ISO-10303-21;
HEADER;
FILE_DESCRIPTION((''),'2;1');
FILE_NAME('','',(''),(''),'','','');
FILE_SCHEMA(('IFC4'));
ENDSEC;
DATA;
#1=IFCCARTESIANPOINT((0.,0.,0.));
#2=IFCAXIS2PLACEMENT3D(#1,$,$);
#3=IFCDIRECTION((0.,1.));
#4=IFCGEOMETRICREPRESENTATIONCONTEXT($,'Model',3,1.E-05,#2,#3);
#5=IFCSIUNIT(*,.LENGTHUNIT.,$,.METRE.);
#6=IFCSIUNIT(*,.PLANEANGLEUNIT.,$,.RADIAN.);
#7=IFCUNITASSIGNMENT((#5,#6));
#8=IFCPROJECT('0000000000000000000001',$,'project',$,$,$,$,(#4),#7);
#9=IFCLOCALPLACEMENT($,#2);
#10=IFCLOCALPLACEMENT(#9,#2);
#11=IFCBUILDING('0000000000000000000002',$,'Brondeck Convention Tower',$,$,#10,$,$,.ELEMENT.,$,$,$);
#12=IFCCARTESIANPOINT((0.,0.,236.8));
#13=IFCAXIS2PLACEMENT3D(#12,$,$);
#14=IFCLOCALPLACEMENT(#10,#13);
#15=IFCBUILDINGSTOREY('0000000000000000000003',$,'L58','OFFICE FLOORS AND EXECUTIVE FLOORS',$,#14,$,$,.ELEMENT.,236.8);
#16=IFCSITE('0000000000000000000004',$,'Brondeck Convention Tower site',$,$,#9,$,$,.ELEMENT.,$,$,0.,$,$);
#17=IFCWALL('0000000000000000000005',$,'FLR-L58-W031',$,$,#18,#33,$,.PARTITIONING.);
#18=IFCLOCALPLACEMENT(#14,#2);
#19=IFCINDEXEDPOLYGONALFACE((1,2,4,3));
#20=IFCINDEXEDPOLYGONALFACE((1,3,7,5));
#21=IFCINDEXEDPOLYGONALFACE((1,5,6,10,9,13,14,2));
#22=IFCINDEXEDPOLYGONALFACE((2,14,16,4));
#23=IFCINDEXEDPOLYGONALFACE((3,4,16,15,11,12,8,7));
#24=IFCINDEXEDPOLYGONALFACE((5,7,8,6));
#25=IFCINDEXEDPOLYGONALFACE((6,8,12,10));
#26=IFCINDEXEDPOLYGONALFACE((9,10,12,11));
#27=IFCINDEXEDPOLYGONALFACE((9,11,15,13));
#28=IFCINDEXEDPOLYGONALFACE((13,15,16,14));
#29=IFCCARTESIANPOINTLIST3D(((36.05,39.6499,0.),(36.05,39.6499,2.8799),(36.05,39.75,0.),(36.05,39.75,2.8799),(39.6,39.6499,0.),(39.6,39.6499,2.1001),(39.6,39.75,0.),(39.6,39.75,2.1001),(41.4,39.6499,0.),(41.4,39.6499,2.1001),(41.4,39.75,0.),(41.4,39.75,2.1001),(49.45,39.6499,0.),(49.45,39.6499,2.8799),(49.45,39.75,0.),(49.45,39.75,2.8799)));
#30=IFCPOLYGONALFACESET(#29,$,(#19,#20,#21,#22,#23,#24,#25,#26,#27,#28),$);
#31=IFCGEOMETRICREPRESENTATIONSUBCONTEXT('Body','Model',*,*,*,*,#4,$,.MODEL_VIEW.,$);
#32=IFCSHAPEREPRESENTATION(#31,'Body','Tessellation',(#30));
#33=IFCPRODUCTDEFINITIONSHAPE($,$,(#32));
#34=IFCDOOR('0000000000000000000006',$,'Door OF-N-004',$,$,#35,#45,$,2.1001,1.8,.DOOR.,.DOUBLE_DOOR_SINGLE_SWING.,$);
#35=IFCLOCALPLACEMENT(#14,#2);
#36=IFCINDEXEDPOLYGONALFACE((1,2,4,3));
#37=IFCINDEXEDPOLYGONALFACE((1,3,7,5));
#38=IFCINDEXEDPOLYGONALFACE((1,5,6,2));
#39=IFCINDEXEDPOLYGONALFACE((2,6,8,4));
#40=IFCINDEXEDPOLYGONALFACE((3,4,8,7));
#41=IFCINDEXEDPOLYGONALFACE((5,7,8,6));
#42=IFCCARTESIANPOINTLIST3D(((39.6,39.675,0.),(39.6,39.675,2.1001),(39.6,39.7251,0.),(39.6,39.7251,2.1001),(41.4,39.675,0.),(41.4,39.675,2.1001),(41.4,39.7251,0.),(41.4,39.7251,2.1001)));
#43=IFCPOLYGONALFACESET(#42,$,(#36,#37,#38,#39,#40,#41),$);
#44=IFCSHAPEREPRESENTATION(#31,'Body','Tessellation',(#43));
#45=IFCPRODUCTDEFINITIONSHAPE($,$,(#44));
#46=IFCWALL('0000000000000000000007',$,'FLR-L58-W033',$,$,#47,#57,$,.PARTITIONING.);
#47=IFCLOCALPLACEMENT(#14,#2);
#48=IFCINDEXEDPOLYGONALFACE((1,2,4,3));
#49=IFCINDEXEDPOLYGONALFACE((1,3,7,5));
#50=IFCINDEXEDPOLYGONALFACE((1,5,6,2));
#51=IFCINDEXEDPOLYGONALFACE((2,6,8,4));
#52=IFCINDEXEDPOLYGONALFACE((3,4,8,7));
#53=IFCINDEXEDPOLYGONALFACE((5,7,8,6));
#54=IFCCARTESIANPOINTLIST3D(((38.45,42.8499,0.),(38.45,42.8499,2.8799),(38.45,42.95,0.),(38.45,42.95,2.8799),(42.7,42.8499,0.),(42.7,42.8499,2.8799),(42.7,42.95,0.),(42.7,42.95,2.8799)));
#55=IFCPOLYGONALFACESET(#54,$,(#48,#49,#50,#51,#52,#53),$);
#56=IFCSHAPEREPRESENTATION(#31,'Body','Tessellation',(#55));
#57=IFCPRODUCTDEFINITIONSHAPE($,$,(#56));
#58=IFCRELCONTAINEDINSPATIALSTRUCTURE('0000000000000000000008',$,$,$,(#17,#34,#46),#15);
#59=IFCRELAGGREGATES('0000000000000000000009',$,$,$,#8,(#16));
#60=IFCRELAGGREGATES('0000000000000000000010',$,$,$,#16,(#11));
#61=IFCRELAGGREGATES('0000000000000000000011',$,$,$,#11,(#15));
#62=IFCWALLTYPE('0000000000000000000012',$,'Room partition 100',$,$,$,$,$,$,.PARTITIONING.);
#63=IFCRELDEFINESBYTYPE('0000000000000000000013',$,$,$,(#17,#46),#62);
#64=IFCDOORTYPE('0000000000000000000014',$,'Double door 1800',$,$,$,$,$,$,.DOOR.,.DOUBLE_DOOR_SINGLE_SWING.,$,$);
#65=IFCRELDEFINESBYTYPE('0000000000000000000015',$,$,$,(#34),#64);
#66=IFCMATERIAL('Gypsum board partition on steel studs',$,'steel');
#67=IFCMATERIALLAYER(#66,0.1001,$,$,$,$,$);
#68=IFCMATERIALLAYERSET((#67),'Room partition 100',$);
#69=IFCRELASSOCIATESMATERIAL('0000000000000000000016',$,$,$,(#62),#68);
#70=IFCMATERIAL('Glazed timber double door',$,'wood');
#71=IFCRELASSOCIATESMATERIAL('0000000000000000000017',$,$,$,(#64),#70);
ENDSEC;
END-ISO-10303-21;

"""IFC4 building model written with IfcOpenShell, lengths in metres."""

from ifc_helpers import new_model, si_unit, direction, frame, frame_2d, origin, place, context, subcontext, project, spatial, rectangle, extrude, material, layer, layer_set, type_object, element, fill, save


model = new_model("IFC4")

# Units and contexts
model_context = context("Model", 3, precision=1e-05, world=origin(), true_north=direction((0.0, 1.0)))
body_context = subcontext(model_context, "Body", "Model", "MODEL_VIEW")
ifc_project = project(units=[si_unit("LENGTHUNIT", "METRE"), si_unit("PLANEANGLEUNIT", "RADIAN")], contexts=[model_context])

# Site, building, storey
site_placement = place(None, origin())
site = spatial("IfcSite", under=ifc_project, at=site_placement, Name="Brondeck Convention Tower site", CompositionType="ELEMENT", RefElevation=0.0)
building_placement = place(site_placement, origin())
building = spatial("IfcBuilding", under=site, at=building_placement, Name="Brondeck Convention Tower", CompositionType="ELEMENT")
storey_placement = place(building_placement, frame((0.0, 0.0, 236.8)))
storey = spatial("IfcBuildingStorey", under=building, at=storey_placement, Name="L58", Description="OFFICE FLOORS AND EXECUTIVE FLOORS", CompositionType="ELEMENT", Elevation=236.8)

# Shared definitions
ifc_material_1 = material(Name="Gypsum board partition on steel studs", Category="steel")
ifc_layer_1 = layer(ifc_material_1, 0.1001)
ifc_layer_set_1 = layer_set([ifc_layer_1], Name="Room partition 100")
wall_type_1 = type_object("IfcWallType", Name="Room partition 100", PredefinedType="PARTITIONING", material=ifc_layer_set_1)

# Wall, opening, door
wall_1_placement = place(storey_placement, frame((49.45, 39.7, 0.0), z_axis=(0.0, 0.0, 1.0), x_axis=(-1.0, 0.0, 0.0)))
wall_1 = element("IfcWall", 1, at=wall_1_placement, inside=storey, type_object=wall_type_1, Name="FLR-L58-W031", PredefinedType="PARTITIONING", context=body_context, shape_type="SweptSolid", body=[
    extrude(rectangle(XDim=13.3999, YDim=0.1001, at=frame_2d((6.7, 0.0))), origin(), (0.0, 0.0, 1.0), 2.8799),
])
opening_placement = place(wall_1_placement, frame((8.05, 0.0, 0.0)))
opening = element("IfcOpeningElement", 2, at=opening_placement, cuts=wall_1, PredefinedType="OPENING", context=body_context, shape_type="SweptSolid", body=[
    extrude(rectangle(XDim=1.8, YDim=2.1001, at=frame_2d((0.8999, 1.05))), frame((0.0, 0.0601, 0.0), z_axis=(0.0, -1.0, 0.0), x_axis=(1.0, 0.0, 0.0)), (0.0, 0.0, 1.0), 0.1201),
])
ifc_material_2 = material(Name="Glazed timber double door", Category="wood")
door_type = type_object("IfcDoorType", Name="Double door 1800", OperationType="DOUBLE_DOOR_SINGLE_SWING", PredefinedType="DOOR", material=ifc_material_2)
door_placement = place(opening_placement, origin())
door = element("IfcDoor", 3, at=door_placement, inside=storey, type_object=door_type, Name="Door OF-N-004", OperationType="DOUBLE_DOOR_SINGLE_SWING", OverallHeight=2.1001, OverallWidth=1.8, PredefinedType="DOOR", context=body_context, shape_type="SweptSolid", body=[
    extrude(rectangle(XDim=1.8, YDim=2.1001, at=frame_2d((0.8999, 1.05))), frame((0.0, 0.0249, 0.0), z_axis=(0.0, -1.0, 0.0), x_axis=(1.0, 0.0, 0.0)), (0.0, 0.0, 1.0), 0.05),
])
fill(opening, door)

# Wall
wall_2_placement = place(storey_placement, frame((38.45, 42.8999, 0.0), z_axis=(0.0, 0.0, 1.0), x_axis=(1.0, 0.0, 0.0)))
element("IfcWall", 4, at=wall_2_placement, inside=storey, type_object=wall_type_1, Name="FLR-L58-W033", PredefinedType="PARTITIONING", context=body_context, shape_type="SweptSolid", body=[
    extrude(rectangle(XDim=4.25, YDim=0.1001, at=frame_2d((2.125, 0.0))), origin(), (0.0, 0.0, 1.0), 2.8799),
])

save(model, "model.ifc")
